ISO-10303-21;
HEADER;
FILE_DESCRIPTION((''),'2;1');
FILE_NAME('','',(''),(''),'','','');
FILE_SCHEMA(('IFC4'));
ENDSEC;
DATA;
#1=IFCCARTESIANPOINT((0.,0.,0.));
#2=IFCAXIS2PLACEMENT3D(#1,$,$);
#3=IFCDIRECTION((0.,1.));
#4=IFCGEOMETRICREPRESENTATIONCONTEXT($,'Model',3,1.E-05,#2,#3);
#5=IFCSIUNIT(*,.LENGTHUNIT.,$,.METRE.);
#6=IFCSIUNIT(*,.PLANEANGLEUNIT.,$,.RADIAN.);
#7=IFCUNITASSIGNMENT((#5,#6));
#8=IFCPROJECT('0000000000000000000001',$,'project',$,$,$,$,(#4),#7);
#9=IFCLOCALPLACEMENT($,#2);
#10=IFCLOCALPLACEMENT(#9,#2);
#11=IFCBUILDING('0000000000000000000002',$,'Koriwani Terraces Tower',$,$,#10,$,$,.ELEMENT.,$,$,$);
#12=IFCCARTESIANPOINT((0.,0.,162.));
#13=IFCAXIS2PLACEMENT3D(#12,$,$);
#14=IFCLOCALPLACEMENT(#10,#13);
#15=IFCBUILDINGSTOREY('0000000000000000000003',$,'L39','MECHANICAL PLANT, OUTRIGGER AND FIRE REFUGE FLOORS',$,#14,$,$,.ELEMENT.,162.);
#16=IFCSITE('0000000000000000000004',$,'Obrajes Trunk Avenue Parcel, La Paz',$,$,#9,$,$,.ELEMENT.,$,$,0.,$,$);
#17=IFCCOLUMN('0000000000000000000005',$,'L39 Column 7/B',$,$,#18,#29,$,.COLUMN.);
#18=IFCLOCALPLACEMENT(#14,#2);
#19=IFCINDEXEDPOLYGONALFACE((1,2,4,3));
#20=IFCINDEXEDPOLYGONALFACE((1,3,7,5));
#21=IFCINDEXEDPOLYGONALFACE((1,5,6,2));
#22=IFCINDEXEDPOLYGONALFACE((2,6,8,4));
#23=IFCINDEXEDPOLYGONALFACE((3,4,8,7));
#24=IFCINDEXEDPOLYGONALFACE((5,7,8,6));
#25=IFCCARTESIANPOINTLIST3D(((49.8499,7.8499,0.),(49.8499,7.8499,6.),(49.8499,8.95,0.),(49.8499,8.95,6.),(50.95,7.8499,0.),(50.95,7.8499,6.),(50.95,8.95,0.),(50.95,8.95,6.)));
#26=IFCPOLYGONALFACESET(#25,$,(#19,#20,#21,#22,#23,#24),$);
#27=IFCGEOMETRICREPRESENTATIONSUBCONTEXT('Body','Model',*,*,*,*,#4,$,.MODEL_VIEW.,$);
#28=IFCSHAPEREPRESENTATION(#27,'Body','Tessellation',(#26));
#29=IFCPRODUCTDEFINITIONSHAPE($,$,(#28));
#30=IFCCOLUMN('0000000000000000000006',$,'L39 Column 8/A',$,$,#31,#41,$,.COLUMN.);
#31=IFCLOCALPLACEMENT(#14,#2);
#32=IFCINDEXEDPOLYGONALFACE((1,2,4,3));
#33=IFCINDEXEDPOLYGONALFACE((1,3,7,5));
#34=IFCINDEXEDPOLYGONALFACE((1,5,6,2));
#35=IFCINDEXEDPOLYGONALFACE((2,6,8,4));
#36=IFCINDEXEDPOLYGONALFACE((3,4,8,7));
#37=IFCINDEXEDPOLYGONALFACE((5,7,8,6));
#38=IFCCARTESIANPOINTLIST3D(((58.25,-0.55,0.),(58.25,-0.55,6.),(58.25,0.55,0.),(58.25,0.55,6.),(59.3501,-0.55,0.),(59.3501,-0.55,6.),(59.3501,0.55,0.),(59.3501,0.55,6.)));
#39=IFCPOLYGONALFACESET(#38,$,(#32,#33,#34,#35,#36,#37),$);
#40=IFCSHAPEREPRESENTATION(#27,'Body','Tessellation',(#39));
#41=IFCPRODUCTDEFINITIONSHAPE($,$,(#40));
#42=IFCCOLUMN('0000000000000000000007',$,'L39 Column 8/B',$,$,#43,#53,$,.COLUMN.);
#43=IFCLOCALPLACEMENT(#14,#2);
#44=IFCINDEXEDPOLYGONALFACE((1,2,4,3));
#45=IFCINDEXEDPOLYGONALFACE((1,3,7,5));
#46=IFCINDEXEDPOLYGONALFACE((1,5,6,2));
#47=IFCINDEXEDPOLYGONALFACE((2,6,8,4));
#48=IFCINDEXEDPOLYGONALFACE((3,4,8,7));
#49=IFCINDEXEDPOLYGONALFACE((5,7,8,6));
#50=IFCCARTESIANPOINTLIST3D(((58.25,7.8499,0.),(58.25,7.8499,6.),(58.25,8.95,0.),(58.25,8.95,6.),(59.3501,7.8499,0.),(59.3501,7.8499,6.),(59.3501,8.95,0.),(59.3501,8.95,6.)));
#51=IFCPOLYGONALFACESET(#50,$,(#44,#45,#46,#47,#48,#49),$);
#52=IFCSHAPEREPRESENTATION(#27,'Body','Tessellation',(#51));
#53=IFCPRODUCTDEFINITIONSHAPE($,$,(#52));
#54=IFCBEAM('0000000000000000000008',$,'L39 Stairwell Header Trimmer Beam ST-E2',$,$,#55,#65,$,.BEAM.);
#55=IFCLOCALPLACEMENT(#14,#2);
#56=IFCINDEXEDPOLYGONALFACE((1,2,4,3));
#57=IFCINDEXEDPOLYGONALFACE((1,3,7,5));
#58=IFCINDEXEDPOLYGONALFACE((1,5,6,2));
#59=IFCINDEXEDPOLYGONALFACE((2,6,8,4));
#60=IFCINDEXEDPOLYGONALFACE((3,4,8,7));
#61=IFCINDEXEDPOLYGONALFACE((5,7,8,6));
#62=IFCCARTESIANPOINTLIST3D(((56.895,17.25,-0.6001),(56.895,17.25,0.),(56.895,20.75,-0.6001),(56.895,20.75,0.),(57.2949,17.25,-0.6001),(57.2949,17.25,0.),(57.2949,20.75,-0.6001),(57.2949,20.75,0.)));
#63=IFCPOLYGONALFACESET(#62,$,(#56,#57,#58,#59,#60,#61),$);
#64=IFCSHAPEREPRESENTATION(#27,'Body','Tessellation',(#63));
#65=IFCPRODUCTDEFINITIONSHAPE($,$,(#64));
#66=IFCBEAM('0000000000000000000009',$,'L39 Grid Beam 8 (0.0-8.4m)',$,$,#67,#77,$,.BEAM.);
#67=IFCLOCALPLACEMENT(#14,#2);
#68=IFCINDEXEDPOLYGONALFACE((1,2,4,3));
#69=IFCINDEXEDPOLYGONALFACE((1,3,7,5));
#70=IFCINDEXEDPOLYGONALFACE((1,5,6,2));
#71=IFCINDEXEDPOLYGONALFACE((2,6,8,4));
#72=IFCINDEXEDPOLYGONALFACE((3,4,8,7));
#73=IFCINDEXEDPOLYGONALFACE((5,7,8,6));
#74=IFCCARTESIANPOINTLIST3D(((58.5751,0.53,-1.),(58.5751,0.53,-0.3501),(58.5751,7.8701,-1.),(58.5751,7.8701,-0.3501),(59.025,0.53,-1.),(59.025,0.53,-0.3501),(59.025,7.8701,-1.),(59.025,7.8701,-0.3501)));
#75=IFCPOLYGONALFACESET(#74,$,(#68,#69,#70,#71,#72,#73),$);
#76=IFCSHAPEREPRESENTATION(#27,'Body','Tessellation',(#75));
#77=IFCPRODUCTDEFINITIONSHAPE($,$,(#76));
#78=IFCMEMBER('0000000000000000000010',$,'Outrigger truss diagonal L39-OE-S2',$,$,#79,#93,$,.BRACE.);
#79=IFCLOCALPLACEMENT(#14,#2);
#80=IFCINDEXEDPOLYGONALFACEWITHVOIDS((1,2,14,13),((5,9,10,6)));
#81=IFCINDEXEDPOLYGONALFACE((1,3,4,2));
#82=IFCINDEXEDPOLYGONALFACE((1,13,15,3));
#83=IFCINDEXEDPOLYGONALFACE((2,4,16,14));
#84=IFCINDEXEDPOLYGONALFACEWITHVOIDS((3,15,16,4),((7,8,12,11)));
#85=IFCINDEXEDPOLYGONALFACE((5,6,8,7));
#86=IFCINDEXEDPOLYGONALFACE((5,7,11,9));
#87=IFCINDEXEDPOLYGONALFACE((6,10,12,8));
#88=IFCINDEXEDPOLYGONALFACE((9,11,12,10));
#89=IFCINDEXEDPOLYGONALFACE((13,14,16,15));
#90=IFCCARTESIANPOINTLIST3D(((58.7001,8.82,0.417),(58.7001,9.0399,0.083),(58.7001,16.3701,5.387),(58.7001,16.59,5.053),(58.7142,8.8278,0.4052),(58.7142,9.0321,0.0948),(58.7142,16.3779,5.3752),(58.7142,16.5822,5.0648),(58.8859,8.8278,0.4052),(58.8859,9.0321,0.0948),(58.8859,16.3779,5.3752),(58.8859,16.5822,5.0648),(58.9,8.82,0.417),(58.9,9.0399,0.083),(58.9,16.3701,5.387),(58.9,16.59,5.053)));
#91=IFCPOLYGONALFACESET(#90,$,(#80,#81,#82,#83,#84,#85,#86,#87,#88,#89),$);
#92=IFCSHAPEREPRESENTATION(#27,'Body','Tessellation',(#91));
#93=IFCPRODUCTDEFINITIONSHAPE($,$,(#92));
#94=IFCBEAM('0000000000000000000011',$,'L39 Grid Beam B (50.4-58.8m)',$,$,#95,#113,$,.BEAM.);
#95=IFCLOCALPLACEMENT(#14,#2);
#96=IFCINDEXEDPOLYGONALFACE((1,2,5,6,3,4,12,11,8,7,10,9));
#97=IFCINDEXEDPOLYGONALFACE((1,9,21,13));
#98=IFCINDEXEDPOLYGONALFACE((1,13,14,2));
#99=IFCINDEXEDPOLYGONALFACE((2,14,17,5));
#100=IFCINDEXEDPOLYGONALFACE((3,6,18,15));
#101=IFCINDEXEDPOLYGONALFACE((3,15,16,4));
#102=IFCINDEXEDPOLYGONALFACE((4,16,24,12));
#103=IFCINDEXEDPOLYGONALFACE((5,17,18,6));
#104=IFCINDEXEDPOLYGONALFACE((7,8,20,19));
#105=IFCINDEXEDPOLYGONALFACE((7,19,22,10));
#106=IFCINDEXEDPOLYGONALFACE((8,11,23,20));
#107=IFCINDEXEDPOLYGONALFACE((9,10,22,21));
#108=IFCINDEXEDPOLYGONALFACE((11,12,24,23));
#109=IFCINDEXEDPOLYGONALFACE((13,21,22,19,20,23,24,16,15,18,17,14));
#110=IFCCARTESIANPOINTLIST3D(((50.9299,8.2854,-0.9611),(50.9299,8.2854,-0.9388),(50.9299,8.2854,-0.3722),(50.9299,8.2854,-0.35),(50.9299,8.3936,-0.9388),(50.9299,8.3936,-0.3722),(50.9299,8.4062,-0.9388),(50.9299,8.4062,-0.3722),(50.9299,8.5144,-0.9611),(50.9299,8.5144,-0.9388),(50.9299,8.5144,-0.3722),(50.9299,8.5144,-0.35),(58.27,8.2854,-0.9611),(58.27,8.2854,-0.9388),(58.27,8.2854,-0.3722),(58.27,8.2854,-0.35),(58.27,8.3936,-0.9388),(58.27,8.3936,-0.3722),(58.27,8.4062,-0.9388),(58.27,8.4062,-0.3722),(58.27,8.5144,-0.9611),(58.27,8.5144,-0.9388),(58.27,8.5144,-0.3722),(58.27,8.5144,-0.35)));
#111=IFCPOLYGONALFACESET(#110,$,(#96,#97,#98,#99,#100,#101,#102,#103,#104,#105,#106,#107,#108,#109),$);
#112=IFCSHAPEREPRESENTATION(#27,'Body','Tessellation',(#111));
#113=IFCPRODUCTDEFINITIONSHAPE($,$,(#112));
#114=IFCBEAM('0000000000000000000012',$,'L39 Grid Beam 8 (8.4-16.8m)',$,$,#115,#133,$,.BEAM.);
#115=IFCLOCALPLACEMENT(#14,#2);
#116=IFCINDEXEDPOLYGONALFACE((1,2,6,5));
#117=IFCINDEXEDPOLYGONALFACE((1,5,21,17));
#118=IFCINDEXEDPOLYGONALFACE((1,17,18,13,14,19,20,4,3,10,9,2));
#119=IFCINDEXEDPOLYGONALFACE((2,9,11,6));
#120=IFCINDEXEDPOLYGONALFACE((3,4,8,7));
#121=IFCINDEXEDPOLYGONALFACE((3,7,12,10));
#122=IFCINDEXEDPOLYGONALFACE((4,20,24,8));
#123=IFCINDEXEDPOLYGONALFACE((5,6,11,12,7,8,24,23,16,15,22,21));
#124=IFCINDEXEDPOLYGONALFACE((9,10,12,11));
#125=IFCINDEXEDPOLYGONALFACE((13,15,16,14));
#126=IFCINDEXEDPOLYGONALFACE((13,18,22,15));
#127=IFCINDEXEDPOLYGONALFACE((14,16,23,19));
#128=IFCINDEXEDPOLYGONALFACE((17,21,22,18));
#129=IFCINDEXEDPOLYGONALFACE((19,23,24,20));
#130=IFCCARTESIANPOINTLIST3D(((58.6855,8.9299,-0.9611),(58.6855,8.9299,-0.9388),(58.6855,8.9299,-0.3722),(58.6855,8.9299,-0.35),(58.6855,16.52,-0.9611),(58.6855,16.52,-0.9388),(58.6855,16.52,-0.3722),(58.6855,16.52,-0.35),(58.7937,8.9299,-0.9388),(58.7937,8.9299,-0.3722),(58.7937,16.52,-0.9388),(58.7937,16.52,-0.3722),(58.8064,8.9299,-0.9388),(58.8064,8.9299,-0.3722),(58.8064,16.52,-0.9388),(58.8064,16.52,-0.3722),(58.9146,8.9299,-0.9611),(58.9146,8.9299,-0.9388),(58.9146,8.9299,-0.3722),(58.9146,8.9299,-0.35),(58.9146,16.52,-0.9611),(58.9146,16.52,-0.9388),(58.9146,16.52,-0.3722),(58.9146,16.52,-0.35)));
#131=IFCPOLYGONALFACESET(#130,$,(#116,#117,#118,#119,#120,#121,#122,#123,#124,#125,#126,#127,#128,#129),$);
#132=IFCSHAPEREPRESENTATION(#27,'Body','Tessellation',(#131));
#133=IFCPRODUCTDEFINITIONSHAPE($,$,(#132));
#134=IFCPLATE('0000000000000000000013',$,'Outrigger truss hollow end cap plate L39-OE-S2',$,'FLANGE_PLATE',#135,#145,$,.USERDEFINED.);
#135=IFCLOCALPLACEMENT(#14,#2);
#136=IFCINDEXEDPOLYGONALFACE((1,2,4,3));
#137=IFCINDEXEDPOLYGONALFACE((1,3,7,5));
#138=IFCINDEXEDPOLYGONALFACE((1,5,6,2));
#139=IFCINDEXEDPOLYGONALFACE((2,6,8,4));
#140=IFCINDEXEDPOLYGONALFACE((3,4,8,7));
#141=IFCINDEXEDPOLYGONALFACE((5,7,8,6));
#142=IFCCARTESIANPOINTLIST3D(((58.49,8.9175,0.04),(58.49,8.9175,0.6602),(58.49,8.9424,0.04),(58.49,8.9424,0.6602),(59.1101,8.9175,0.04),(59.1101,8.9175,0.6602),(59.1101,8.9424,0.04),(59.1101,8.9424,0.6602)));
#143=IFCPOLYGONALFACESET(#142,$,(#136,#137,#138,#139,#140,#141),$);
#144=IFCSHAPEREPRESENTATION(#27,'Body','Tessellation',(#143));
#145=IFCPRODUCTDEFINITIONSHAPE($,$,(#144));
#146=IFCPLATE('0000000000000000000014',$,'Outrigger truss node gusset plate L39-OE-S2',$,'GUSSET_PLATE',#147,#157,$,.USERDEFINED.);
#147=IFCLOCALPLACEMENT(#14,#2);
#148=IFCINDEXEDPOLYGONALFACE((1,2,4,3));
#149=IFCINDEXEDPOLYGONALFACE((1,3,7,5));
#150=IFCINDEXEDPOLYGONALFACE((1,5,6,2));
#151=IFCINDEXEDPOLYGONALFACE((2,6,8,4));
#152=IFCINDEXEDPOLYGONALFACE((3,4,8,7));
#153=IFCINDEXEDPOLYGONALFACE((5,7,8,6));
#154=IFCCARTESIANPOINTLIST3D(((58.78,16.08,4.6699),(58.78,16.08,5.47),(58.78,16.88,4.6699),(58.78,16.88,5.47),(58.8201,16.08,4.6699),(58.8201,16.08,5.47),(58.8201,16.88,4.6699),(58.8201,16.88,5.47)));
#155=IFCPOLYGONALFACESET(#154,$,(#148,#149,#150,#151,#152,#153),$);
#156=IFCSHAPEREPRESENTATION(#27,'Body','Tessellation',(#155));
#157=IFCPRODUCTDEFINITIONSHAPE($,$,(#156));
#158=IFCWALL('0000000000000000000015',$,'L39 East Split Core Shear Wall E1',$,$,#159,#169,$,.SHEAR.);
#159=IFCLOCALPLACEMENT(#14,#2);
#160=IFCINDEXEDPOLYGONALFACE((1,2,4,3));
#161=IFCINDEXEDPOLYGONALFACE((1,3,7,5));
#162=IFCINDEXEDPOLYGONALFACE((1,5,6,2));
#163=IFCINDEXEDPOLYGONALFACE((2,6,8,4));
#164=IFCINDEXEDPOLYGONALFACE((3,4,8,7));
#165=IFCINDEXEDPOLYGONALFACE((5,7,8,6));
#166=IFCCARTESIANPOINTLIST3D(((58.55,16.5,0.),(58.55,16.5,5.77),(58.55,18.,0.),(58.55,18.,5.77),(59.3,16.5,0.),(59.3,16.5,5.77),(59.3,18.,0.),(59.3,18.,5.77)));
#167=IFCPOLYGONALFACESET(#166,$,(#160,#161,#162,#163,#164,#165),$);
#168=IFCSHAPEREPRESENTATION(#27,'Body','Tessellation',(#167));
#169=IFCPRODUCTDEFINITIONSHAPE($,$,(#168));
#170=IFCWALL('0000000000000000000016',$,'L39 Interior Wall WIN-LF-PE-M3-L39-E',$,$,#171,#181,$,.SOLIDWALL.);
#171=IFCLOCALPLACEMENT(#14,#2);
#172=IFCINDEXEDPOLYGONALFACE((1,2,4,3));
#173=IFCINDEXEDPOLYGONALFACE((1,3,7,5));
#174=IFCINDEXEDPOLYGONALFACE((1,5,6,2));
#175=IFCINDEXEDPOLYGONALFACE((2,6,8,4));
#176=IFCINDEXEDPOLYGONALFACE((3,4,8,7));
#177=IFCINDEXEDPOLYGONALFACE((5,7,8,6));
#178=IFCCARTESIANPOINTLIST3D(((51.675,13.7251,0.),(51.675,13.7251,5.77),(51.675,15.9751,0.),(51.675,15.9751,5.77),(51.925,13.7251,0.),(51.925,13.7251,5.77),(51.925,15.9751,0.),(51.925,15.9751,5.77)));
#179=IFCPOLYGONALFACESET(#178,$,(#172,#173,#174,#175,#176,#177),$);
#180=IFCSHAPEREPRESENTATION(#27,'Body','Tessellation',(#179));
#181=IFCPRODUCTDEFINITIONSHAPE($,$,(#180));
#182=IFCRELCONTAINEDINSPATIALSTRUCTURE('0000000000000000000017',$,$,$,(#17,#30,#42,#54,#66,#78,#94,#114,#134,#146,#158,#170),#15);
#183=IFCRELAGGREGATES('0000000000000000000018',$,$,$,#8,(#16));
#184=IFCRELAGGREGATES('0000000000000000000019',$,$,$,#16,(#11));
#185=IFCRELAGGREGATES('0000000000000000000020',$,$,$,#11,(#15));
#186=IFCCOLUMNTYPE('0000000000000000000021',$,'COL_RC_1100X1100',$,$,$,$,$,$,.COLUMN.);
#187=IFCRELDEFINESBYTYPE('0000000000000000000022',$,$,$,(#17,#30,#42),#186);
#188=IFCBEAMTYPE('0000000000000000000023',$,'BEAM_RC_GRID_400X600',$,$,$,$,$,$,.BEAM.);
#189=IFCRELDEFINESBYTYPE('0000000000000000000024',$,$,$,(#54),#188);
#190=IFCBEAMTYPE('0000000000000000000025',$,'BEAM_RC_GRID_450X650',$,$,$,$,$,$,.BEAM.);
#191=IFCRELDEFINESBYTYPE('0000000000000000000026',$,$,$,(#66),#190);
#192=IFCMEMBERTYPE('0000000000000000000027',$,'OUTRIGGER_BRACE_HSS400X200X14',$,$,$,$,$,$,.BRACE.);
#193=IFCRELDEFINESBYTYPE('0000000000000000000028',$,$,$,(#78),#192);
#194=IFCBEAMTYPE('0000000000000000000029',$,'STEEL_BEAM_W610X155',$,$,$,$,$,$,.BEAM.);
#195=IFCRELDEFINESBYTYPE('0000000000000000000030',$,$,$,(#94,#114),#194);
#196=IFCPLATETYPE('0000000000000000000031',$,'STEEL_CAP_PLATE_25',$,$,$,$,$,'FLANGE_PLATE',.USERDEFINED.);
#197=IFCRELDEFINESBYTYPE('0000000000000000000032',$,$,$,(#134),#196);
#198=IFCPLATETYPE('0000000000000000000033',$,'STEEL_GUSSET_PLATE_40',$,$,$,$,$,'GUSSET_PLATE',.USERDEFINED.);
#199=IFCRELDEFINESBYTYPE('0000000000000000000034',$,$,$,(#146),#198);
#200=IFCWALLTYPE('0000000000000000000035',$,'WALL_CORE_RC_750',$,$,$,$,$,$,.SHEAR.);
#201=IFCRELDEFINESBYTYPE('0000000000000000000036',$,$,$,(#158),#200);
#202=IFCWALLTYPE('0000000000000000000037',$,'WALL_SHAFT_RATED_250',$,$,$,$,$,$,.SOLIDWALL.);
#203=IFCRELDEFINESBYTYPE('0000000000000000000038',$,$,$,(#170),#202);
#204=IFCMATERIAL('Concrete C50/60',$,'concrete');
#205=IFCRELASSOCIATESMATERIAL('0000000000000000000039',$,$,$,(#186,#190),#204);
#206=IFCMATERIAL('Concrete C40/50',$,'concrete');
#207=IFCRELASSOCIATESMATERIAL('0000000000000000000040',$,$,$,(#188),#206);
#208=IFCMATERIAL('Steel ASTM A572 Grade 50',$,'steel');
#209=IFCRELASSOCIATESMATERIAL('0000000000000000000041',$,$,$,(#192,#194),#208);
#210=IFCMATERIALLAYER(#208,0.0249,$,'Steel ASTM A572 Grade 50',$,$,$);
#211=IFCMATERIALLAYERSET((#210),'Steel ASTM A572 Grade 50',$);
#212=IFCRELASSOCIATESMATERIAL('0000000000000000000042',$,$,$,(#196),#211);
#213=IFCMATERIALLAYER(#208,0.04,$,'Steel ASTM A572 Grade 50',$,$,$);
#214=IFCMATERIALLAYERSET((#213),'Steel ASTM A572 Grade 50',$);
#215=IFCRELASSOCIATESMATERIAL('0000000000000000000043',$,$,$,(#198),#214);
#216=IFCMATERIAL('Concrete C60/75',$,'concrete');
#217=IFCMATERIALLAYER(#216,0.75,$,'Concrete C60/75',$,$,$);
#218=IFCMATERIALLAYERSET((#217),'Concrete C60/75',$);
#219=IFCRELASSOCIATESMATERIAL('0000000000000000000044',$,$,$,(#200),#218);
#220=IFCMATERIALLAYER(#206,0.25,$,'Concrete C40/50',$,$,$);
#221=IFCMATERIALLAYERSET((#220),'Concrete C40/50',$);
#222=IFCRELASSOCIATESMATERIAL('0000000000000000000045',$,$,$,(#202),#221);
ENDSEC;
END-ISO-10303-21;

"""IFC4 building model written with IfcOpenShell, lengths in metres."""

from ifc_helpers import new_model, si_unit, direction, frame, frame_2d, origin, origin_2d, place, context, subcontext, project, spatial, rectangle, hollow_rectangle, i_section, extrude, material, layer, layer_set, material_profile, profile_set, type_object, element, save


model = new_model("IFC4")

# Units and contexts
model_context = context("Model", 3, precision=1e-05, world=origin(), true_north=direction((0.0, 1.0)))
body_context = subcontext(model_context, "Body", "Model", "MODEL_VIEW")
ifc_project = project(units=[si_unit("LENGTHUNIT", "METRE"), si_unit("PLANEANGLEUNIT", "RADIAN")], contexts=[model_context])

# Site, building, storey
site_placement = place(None, origin())
site = spatial("IfcSite", under=ifc_project, at=site_placement, Name="Obrajes Trunk Avenue Parcel, La Paz", CompositionType="ELEMENT", RefElevation=0.0)
building_placement = place(site_placement, origin())
building = spatial("IfcBuilding", under=site, at=building_placement, Name="Koriwani Terraces Tower", CompositionType="ELEMENT")
storey_placement = place(building_placement, frame((0.0, 0.0, 162.0)))
storey = spatial("IfcBuildingStorey", under=building, at=storey_placement, Name="L39", Description="MECHANICAL PLANT, OUTRIGGER AND FIRE REFUGE FLOORS", CompositionType="ELEMENT", Elevation=162.0)

# Columns
ifc_material_1 = material(Name="Concrete C50/60", Category="concrete")
ifc_material_profile_1 = material_profile(ifc_material_1, rectangle(XDim=1.1001, YDim=1.1001, at=origin_2d()), Name="Concrete C50/60", Category="LoadBearing")
ifc_profile_set_1 = profile_set([ifc_material_profile_1], Name="Concrete C50/60")
column_type = type_object("IfcColumnType", Name="COL_RC_1100X1100", PredefinedType="COLUMN", material=ifc_profile_set_1)
for number, where, z_axis, x_axis, name in (
    (1, (50.3999, 8.3999, 0.0), (0.0, 0.0, 1.0), (1.0, 0.0, 0.0), "L39 Column 7/B"),
    (2, (58.8, 0.0, 0.0), (0.0, 0.0, 1.0), (1.0, 0.0, 0.0), "L39 Column 8/A"),
    (3, (58.8, 8.3999, 0.0), (0.0, 0.0, 1.0), (1.0, 0.0, 0.0), "L39 Column 8/B"),
):
    element("IfcColumn", number, at=place(storey_placement, frame(where, z_axis=z_axis, x_axis=x_axis)), inside=storey, type_object=column_type, Name=name, PredefinedType="COLUMN", context=body_context, shape_type="SweptSolid", body=[
        extrude(rectangle(XDim=1.1001, YDim=1.1001, at=origin_2d()), origin(), (0.0, 0.0, 1.0), 6.0),
    ])

# Beams
ifc_material_2 = material(Name="Concrete C40/50", Category="concrete")
ifc_material_profile_2 = material_profile(ifc_material_2, rectangle(XDim=0.3999, YDim=0.6001, at=origin_2d()), Name="Concrete C40/50", Category="LoadBearing")
ifc_profile_set_2 = profile_set([ifc_material_profile_2], Name="Concrete C40/50")
beam_type_1 = type_object("IfcBeamType", Name="BEAM_RC_GRID_400X600", PredefinedType="BEAM", material=ifc_profile_set_2)
beam_1_placement = place(storey_placement, frame((57.095, 17.25, -0.3), z_axis=(0.0, 1.0, 0.0), x_axis=(-1.0, 0.0, 0.0)))
element("IfcBeam", 4, at=beam_1_placement, inside=storey, type_object=beam_type_1, Name="L39 Stairwell Header Trimmer Beam ST-E2", PredefinedType="BEAM", context=body_context, shape_type="SweptSolid", body=[
    extrude(rectangle(XDim=0.3999, YDim=0.6001, at=origin_2d()), origin(), (0.0, 0.0, 1.0), 3.5),
])
ifc_material_profile_3 = material_profile(ifc_material_1, rectangle(XDim=0.45, YDim=0.6499, at=origin_2d()), Name="Concrete C50/60", Category="LoadBearing")
ifc_profile_set_3 = profile_set([ifc_material_profile_3], Name="Concrete C50/60")
beam_type_2 = type_object("IfcBeamType", Name="BEAM_RC_GRID_450X650", PredefinedType="BEAM", material=ifc_profile_set_3)
beam_2_placement = place(storey_placement, frame((58.8, 0.53, -0.675), z_axis=(0.0, 1.0, 0.0), x_axis=(-1.0, 0.0, 0.0)))
element("IfcBeam", 5, at=beam_2_placement, inside=storey, type_object=beam_type_2, Name="L39 Grid Beam 8 (0.0-8.4m)", PredefinedType="BEAM", context=body_context, shape_type="SweptSolid", body=[
    extrude(rectangle(XDim=0.45, YDim=0.6499, at=origin_2d()), origin(), (0.0, 0.0, 1.0), 7.3401),
])

# Member
ifc_material_3 = material(Name="Steel ASTM A572 Grade 50", Category="steel")
ifc_material_profile_4 = material_profile(ifc_material_3, hollow_rectangle(XDim=0.2, YDim=0.3999, WallThickness=0.0142, at=origin_2d()), Name="Steel ASTM A572 Grade 50", Category="LoadBearing")
ifc_profile_set_4 = profile_set([ifc_material_profile_4], Name="Steel ASTM A572 Grade 50")
member_type = type_object("IfcMemberType", Name="OUTRIGGER_BRACE_HSS400X200X14", PredefinedType="BRACE", material=ifc_profile_set_4)
member_placement = place(storey_placement, frame((58.8, 8.9299, 0.25), z_axis=(0.0, 0.835273, 0.549835), x_axis=(-1.0, 0.0, 0.0)))
element("IfcMember", 6, at=member_placement, inside=storey, type_object=member_type, Name="Outrigger truss diagonal L39-OE-S2", PredefinedType="BRACE", context=body_context, shape_type="SweptSolid", body=[
    extrude(hollow_rectangle(XDim=0.2, YDim=0.3999, WallThickness=0.0142, at=origin_2d()), origin(), (0.0, 0.0, 1.0), 9.0391),
])

# Beams
ifc_material_profile_5 = material_profile(ifc_material_3, i_section(OverallWidth=0.229, OverallDepth=0.6111, WebThickness=0.0127, FlangeThickness=0.0222, at=origin_2d()), Name="Steel ASTM A572 Grade 50", Category="LoadBearing")
ifc_profile_set_5 = profile_set([ifc_material_profile_5], Name="Steel ASTM A572 Grade 50")
beam_type_3 = type_object("IfcBeamType", Name="STEEL_BEAM_W610X155", PredefinedType="BEAM", material=ifc_profile_set_5)
beam_3_placement = place(storey_placement, frame((50.9299, 8.3999, -0.6555), z_axis=(1.0, 0.0, 0.0), x_axis=(0.0, 1.0, 0.0)))
element("IfcBeam", 7, at=beam_3_placement, inside=storey, type_object=beam_type_3, Name="L39 Grid Beam B (50.4-58.8m)", PredefinedType="BEAM", context=body_context, shape_type="SweptSolid", body=[
    extrude(i_section(OverallWidth=0.229, OverallDepth=0.6111, WebThickness=0.0127, FlangeThickness=0.0222, at=origin_2d()), origin(), (0.0, 0.0, 1.0), 7.3401),
])
beam_4_placement = place(storey_placement, frame((58.8, 8.9299, -0.6555), z_axis=(0.0, 1.0, 0.0), x_axis=(-1.0, 0.0, 0.0)))
element("IfcBeam", 8, at=beam_4_placement, inside=storey, type_object=beam_type_3, Name="L39 Grid Beam 8 (8.4-16.8m)", PredefinedType="BEAM", context=body_context, shape_type="SweptSolid", body=[
    extrude(i_section(OverallWidth=0.229, OverallDepth=0.6111, WebThickness=0.0127, FlangeThickness=0.0222, at=origin_2d()), origin(), (0.0, 0.0, 1.0), 7.5901),
])

# Plates
ifc_layer_1 = layer(ifc_material_3, 0.0249, Name="Steel ASTM A572 Grade 50")
ifc_layer_set_1 = layer_set([ifc_layer_1], Name="Steel ASTM A572 Grade 50")
plate_type_1 = type_object("IfcPlateType", Name="STEEL_CAP_PLATE_25", ElementType="FLANGE_PLATE", PredefinedType="USERDEFINED", material=ifc_layer_set_1)
plate_1_placement = place(storey_placement, frame((58.8, 8.9299, 0.04), z_axis=(0.0, 0.0, 1.0), x_axis=(0.0, 1.0, 0.0)))
element("IfcPlate", 9, at=plate_1_placement, inside=storey, type_object=plate_type_1, Name="Outrigger truss hollow end cap plate L39-OE-S2", ObjectType="FLANGE_PLATE", PredefinedType="USERDEFINED", context=body_context, shape_type="SweptSolid", body=[
    extrude(rectangle(XDim=0.0249, YDim=0.6201, at=origin_2d()), origin(), (0.0, 0.0, 1.0), 0.6201),
])
ifc_layer_2 = layer(ifc_material_3, 0.04, Name="Steel ASTM A572 Grade 50")
ifc_layer_set_2 = layer_set([ifc_layer_2], Name="Steel ASTM A572 Grade 50")
plate_type_2 = type_object("IfcPlateType", Name="STEEL_GUSSET_PLATE_40", ElementType="GUSSET_PLATE", PredefinedType="USERDEFINED", material=ifc_layer_set_2)
plate_2_placement = place(storey_placement, frame((58.8, 16.48, 4.6699), z_axis=(0.0, 0.0, 1.0), x_axis=(0.0, 1.0, 0.0)))
element("IfcPlate", 10, at=plate_2_placement, inside=storey, type_object=plate_type_2, Name="Outrigger truss node gusset plate L39-OE-S2", ObjectType="GUSSET_PLATE", PredefinedType="USERDEFINED", context=body_context, shape_type="SweptSolid", body=[
    extrude(rectangle(XDim=0.8, YDim=0.04, at=origin_2d()), origin(), (0.0, 0.0, 1.0), 0.8),
])

# Wall
ifc_material_4 = material(Name="Concrete C60/75", Category="concrete")
ifc_layer_3 = layer(ifc_material_4, 0.75, Name="Concrete C60/75")
ifc_layer_set_3 = layer_set([ifc_layer_3], Name="Concrete C60/75")
wall_type_1 = type_object("IfcWallType", Name="WALL_CORE_RC_750", PredefinedType="SHEAR", material=ifc_layer_set_3)
wall_1_placement = place(storey_placement, frame((58.925, 16.5, 0.0), z_axis=(0.0, 0.0, 1.0), x_axis=(0.0, 1.0, 0.0)))
element("IfcWall", 11, at=wall_1_placement, inside=storey, type_object=wall_type_1, Name="L39 East Split Core Shear Wall E1", PredefinedType="SHEAR", context=body_context, shape_type="SweptSolid", body=[
    extrude(rectangle(XDim=1.5, YDim=0.75, at=frame_2d((0.75, 0.0))), origin(), (0.0, 0.0, 1.0), 5.77),
])

# Shared definitions
ifc_layer_4 = layer(ifc_material_2, 0.25, Name="Concrete C40/50")
ifc_layer_set_4 = layer_set([ifc_layer_4], Name="Concrete C40/50")
wall_type_2 = type_object("IfcWallType", Name="WALL_SHAFT_RATED_250", PredefinedType="SOLIDWALL", material=ifc_layer_set_4)

# Wall
wall_2_placement = place(storey_placement, frame((51.8, 13.7251, 0.0), z_axis=(0.0, 0.0, 1.0), x_axis=(0.0, 1.0, 0.0)))
element("IfcWall", 12, at=wall_2_placement, inside=storey, type_object=wall_type_2, Name="L39 Interior Wall WIN-LF-PE-M3-L39-E", PredefinedType="SOLIDWALL", context=body_context, shape_type="SweptSolid", body=[
    extrude(rectangle(XDim=2.25, YDim=0.25, at=frame_2d((1.125, 0.0))), origin(), (0.0, 0.0, 1.0), 5.77),
])

save(model, "model.ifc")
